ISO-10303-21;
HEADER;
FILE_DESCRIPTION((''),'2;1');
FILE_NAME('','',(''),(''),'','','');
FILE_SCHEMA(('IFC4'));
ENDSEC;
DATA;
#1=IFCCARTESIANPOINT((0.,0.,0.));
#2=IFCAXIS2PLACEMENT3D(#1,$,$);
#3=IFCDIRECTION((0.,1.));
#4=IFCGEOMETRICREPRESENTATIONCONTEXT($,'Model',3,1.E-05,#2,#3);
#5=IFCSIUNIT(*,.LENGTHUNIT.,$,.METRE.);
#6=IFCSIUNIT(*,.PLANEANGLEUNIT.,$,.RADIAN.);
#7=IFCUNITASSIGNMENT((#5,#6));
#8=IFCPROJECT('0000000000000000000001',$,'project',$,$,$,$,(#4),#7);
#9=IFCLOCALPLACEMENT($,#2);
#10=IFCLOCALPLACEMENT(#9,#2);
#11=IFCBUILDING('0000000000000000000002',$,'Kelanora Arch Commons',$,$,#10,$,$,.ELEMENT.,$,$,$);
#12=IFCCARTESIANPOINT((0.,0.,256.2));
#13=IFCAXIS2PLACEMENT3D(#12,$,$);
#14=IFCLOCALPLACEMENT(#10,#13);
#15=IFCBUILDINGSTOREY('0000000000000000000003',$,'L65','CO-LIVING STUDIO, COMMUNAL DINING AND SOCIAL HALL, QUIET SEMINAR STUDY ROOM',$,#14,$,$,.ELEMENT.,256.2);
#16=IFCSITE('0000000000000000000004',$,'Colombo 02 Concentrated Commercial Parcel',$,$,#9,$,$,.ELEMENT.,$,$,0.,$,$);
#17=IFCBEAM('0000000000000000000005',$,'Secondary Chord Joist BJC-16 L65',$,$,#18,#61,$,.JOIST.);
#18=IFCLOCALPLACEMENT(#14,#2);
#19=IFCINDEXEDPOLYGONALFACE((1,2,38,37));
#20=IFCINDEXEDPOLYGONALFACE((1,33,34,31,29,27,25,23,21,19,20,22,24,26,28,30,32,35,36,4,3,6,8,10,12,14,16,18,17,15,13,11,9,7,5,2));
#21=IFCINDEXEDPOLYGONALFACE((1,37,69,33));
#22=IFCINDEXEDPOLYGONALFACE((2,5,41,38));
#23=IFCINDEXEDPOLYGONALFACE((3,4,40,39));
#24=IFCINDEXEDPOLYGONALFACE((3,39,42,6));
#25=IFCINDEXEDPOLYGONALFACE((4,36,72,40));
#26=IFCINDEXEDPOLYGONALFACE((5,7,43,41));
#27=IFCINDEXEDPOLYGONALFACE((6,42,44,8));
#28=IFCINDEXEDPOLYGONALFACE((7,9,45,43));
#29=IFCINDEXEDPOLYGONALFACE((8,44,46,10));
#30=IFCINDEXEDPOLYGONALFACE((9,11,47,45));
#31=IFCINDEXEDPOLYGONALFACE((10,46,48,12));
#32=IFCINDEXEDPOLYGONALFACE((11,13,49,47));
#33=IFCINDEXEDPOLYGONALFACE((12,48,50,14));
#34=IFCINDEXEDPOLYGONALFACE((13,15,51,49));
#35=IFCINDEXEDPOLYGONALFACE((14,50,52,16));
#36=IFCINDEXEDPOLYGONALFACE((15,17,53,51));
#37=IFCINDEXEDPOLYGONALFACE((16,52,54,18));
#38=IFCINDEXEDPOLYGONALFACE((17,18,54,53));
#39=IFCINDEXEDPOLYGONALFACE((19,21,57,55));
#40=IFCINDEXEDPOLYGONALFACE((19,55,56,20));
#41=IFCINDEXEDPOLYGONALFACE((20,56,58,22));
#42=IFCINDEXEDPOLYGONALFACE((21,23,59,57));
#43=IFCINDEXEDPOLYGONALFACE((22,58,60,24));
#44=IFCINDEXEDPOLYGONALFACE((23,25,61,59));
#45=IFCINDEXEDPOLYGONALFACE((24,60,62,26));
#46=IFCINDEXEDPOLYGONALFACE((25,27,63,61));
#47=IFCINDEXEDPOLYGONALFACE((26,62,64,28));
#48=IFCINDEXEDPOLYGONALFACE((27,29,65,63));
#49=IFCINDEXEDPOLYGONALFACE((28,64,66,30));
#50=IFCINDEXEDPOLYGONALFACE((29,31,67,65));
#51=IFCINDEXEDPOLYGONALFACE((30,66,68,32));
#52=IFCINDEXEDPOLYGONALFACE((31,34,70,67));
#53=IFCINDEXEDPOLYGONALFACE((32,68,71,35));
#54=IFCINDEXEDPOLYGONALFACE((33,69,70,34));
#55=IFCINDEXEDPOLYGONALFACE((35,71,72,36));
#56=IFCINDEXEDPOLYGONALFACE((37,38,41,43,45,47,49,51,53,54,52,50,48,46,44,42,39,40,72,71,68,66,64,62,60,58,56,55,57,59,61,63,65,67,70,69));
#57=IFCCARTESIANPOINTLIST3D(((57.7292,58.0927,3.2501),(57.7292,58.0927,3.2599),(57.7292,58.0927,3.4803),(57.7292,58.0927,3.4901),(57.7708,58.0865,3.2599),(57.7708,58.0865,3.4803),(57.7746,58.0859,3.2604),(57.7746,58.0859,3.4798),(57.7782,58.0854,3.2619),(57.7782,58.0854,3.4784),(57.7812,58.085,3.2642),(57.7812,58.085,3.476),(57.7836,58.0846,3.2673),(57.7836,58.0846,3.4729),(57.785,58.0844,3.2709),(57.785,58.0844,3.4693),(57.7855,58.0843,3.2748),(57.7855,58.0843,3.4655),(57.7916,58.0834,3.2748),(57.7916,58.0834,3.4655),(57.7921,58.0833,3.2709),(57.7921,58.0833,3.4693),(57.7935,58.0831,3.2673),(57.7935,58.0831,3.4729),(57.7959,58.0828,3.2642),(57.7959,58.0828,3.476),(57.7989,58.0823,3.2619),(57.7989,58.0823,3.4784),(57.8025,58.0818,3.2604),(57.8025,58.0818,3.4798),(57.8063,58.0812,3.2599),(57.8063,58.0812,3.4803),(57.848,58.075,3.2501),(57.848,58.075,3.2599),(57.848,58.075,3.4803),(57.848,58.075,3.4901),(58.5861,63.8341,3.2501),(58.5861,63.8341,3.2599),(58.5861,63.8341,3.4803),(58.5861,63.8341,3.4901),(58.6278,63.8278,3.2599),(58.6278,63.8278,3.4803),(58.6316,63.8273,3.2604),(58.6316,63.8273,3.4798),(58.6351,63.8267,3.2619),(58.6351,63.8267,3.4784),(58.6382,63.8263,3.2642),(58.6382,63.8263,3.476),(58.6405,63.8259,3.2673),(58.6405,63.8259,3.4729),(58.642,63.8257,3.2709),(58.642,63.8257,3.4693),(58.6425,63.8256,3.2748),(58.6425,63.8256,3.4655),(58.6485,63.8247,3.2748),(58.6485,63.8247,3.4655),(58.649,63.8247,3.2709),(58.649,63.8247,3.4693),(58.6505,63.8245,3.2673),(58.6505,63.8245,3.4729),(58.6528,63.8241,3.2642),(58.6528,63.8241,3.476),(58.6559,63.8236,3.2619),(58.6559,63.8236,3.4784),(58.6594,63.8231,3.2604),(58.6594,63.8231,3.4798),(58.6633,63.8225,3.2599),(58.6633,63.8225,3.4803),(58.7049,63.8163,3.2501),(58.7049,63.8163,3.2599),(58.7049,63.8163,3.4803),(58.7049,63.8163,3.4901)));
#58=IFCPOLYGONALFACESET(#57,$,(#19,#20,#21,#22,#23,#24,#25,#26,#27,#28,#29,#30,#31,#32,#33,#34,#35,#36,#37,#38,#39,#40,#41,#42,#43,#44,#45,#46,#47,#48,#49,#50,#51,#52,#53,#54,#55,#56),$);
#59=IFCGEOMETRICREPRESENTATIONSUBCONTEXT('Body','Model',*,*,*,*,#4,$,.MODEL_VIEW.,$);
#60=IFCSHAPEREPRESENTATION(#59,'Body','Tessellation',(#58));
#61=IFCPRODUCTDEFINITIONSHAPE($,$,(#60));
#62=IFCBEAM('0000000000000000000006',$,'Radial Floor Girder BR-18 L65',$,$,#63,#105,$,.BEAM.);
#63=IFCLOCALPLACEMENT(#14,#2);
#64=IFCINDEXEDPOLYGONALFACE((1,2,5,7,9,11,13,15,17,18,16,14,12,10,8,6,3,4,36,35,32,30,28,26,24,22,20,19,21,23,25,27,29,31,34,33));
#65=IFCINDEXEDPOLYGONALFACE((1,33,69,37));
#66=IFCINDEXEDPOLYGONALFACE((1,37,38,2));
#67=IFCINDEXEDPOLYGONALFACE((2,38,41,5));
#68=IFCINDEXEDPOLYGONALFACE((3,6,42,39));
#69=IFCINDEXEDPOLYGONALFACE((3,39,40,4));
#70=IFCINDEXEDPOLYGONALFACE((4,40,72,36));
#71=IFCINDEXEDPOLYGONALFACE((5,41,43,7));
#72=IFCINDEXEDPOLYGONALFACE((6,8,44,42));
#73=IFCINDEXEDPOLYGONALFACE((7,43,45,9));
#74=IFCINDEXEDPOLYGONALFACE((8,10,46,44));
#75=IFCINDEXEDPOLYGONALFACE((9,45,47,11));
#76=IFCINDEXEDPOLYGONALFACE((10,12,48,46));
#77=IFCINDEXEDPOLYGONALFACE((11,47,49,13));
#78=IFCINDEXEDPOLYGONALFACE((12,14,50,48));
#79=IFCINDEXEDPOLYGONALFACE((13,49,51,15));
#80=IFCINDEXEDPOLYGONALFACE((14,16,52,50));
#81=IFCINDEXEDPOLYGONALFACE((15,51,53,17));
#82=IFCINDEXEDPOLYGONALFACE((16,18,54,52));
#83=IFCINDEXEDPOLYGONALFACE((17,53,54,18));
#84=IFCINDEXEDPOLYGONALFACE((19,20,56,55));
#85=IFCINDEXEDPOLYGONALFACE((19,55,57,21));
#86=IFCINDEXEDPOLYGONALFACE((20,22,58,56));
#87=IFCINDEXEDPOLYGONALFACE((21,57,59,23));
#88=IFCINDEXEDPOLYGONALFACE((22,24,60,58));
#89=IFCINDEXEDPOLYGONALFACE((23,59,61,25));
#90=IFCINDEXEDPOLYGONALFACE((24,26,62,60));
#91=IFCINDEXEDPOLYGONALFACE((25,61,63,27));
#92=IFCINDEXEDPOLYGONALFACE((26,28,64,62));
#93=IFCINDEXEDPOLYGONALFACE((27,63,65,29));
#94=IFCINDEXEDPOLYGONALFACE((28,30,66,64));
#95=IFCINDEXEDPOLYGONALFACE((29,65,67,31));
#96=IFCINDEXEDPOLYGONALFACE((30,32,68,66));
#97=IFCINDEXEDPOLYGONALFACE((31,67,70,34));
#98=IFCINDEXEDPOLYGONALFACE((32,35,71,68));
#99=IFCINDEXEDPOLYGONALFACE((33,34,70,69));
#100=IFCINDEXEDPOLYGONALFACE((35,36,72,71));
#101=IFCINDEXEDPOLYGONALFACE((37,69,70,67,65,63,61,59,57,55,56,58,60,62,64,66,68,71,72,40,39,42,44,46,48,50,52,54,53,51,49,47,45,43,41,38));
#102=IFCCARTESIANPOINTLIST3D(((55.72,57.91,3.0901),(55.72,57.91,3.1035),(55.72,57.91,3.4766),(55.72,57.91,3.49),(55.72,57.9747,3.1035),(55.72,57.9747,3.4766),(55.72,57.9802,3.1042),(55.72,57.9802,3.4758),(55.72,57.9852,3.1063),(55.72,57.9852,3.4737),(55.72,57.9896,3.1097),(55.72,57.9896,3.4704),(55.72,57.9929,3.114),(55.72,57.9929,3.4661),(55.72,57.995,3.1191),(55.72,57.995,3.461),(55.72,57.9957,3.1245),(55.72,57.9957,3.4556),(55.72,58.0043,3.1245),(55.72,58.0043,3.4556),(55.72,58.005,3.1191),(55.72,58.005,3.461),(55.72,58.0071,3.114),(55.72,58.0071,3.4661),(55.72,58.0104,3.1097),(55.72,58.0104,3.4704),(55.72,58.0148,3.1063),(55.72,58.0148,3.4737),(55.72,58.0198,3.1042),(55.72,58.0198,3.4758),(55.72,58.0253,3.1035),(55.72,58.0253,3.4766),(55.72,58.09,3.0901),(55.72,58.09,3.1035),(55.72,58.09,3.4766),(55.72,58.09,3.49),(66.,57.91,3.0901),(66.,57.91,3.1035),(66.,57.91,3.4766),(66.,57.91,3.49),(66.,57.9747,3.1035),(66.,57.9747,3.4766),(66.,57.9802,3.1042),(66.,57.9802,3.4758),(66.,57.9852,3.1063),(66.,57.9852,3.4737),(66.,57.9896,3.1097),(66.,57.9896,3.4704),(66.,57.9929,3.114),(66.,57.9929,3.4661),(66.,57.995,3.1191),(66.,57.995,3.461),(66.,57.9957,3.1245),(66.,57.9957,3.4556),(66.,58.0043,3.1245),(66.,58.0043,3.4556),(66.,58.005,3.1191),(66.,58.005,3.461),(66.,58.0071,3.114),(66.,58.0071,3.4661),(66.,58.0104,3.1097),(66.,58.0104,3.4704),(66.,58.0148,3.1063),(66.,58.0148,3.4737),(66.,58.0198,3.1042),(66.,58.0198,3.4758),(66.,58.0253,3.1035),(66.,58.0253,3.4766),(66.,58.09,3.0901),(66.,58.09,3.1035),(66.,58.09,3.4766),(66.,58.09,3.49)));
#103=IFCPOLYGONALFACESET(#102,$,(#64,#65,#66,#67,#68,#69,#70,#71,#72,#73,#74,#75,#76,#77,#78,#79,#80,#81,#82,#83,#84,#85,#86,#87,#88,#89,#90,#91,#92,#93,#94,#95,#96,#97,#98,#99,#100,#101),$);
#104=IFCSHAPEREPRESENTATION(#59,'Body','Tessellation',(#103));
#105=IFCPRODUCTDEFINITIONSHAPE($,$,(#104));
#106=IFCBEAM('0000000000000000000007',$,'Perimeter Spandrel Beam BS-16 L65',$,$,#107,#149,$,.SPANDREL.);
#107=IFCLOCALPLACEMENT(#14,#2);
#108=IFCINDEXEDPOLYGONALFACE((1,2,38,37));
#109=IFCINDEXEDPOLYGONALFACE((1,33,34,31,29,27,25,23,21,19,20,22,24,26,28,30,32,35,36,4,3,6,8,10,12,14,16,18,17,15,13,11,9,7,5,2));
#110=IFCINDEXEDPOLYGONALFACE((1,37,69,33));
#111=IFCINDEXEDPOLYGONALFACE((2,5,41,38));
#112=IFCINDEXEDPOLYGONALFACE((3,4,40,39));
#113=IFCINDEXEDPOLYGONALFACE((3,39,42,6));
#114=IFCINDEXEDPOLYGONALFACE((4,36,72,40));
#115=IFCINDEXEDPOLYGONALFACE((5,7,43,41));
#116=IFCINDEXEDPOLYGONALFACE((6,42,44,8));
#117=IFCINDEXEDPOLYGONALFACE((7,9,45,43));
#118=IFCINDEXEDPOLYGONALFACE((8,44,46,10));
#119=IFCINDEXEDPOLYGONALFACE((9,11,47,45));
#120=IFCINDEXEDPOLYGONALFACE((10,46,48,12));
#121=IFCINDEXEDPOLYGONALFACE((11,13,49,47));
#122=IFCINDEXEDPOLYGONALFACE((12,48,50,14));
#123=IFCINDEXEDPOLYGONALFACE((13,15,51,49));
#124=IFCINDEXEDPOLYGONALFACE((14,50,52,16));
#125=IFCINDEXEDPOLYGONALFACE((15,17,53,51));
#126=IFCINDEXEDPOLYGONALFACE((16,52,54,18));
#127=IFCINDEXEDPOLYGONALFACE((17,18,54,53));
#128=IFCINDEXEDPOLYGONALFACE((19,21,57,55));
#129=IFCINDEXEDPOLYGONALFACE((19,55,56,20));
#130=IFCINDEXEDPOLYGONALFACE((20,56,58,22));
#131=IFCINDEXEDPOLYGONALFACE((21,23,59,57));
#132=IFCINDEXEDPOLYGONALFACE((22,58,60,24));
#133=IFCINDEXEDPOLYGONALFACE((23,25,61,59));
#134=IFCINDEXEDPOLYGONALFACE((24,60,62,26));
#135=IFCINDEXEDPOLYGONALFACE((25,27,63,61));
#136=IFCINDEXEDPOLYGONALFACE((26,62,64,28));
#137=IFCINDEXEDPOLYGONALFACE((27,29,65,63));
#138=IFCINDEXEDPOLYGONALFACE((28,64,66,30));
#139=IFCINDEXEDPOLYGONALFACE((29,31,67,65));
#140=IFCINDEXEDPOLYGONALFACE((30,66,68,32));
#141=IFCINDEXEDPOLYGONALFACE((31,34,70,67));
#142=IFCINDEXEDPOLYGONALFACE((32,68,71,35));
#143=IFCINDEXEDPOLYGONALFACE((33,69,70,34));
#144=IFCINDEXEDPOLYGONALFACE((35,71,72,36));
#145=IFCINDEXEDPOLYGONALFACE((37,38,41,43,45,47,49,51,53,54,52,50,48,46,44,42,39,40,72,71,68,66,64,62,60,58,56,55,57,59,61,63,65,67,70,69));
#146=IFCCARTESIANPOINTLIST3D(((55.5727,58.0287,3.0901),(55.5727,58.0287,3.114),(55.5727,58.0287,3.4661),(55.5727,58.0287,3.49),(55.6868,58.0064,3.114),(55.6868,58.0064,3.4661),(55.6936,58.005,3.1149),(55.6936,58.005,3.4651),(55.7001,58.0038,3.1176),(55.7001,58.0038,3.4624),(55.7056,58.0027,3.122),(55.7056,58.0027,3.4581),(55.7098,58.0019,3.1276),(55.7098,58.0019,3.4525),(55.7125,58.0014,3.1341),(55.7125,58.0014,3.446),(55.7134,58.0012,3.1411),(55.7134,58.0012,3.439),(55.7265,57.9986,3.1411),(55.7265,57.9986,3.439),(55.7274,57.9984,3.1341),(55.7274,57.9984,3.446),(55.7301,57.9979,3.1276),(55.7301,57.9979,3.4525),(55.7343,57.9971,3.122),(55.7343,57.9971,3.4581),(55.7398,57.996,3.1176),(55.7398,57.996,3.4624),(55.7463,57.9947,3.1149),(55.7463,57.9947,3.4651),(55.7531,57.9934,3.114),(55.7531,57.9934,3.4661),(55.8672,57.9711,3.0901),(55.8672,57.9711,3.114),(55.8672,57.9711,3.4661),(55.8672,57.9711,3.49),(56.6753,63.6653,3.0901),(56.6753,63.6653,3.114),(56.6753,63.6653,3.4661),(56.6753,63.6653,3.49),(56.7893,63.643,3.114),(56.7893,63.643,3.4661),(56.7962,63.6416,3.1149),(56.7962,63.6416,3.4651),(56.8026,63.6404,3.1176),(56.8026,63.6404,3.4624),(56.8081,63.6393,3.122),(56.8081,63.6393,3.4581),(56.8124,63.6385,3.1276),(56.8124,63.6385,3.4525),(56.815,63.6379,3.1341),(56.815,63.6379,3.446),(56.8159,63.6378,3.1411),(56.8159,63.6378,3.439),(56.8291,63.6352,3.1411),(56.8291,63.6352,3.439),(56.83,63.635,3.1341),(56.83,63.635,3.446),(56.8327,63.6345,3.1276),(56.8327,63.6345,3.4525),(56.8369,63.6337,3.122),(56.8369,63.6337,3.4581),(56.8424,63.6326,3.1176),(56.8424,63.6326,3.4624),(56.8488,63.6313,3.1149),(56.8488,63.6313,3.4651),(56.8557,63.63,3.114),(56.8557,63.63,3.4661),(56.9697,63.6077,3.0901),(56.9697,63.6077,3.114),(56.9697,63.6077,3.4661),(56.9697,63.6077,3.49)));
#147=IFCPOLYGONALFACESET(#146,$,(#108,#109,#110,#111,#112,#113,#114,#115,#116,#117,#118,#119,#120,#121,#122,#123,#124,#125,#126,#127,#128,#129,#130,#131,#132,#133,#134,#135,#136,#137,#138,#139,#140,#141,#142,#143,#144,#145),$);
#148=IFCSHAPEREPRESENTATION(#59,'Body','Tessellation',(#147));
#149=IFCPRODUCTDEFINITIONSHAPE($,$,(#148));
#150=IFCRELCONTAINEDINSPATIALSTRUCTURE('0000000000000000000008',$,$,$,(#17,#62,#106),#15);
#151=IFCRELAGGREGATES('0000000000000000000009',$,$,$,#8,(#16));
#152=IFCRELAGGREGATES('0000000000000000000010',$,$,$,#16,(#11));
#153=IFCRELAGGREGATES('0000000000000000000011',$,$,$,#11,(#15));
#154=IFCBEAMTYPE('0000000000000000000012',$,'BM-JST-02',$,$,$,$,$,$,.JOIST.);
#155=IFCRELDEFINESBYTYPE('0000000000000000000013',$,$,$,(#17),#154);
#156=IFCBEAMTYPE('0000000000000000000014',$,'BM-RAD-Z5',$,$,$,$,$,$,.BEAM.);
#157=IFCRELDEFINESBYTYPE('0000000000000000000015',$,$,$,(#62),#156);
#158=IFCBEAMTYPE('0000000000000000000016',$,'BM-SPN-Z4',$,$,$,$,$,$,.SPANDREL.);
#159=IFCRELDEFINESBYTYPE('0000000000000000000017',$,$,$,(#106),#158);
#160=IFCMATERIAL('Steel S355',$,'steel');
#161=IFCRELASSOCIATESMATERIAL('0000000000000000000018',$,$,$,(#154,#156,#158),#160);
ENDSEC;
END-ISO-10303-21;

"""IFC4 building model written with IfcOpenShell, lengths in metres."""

from ifc_helpers import new_model, si_unit, direction, frame, origin, origin_2d, place, context, subcontext, project, spatial, i_section, extrude, material, material_profile, profile_set, type_object, element, save


model = new_model("IFC4")

# Units and contexts
model_context = context("Model", 3, precision=1e-05, world=origin(), true_north=direction((0.0, 1.0)))
body_context = subcontext(model_context, "Body", "Model", "MODEL_VIEW")
ifc_project = project(units=[si_unit("LENGTHUNIT", "METRE"), si_unit("PLANEANGLEUNIT", "RADIAN")], contexts=[model_context])

# Site, building, storey
site_placement = place(None, origin())
site = spatial("IfcSite", under=ifc_project, at=site_placement, Name="Colombo 02 Concentrated Commercial Parcel", CompositionType="ELEMENT", RefElevation=0.0)
building_placement = place(site_placement, origin())
building = spatial("IfcBuilding", under=site, at=building_placement, Name="Kelanora Arch Commons", CompositionType="ELEMENT")
storey_placement = place(building_placement, frame((0.0, 0.0, 256.2)))
storey = spatial("IfcBuildingStorey", under=building, at=storey_placement, Name="L65", Description="CO-LIVING STUDIO, COMMUNAL DINING AND SOCIAL HALL, QUIET SEMINAR STUDY ROOM", CompositionType="ELEMENT", Elevation=256.2)

# Beams
ifc_material_1 = material(Name="Steel S355", Category="steel")
ifc_material_profile_1 = material_profile(ifc_material_1, i_section(OverallWidth=0.1201, OverallDepth=0.24, WebThickness=0.0061, FlangeThickness=0.0098, FilletRadius=0.0149, at=origin_2d()), Name="IPE240")
ifc_profile_set_1 = profile_set([ifc_material_profile_1], Name="Steel S355")
beam_type_1 = type_object("IfcBeamType", Name="BM-JST-02", PredefinedType="JOIST", material=ifc_profile_set_1)
beam_1_placement = place(storey_placement, frame((58.6455, 63.8252, 3.3701), z_axis=(-0.147625, -0.989043, 0.0), x_axis=(0.989043, -0.147625, 0.0)))
element("IfcBeam", 1, at=beam_1_placement, inside=storey, type_object=beam_type_1, Name="Secondary Chord Joist BJC-16 L65", PredefinedType="JOIST", context=body_context, shape_type="SweptSolid", body=[
    extrude(i_section(OverallWidth=0.1201, OverallDepth=0.24, WebThickness=0.0061, FlangeThickness=0.0098, FilletRadius=0.0149, at=origin_2d()), origin(), (0.0, 0.0, 1.0), 5.8049),
])
ifc_material_profile_2 = material_profile(ifc_material_1, i_section(OverallWidth=0.1799, OverallDepth=0.3999, WebThickness=0.0085, FlangeThickness=0.0134, FilletRadius=0.021, at=origin_2d()), Name="IPE400")
ifc_profile_set_2 = profile_set([ifc_material_profile_2], Name="Steel S355")
beam_type_2 = type_object("IfcBeamType", Name="BM-RAD-Z5", PredefinedType="BEAM", material=ifc_profile_set_2)
beam_2_placement = place(storey_placement, frame((66.0, 58.0, 3.29), z_axis=(-1.0, 0.0, 0.0), x_axis=(0.0, -1.0, 0.0)))
element("IfcBeam", 2, at=beam_2_placement, inside=storey, type_object=beam_type_2, Name="Radial Floor Girder BR-18 L65", PredefinedType="BEAM", context=body_context, shape_type="SweptSolid", body=[
    extrude(i_section(OverallWidth=0.1799, OverallDepth=0.3999, WebThickness=0.0085, FlangeThickness=0.0134, FilletRadius=0.021, at=origin_2d()), origin(), (0.0, 0.0, 1.0), 10.28),
])
ifc_material_profile_3 = material_profile(ifc_material_1, i_section(OverallWidth=0.3, OverallDepth=0.3999, WebThickness=0.0134, FlangeThickness=0.0239, FilletRadius=0.0271, at=origin_2d()), Name="HEB400")
ifc_profile_set_3 = profile_set([ifc_material_profile_3], Name="Steel S355")
beam_type_3 = type_object("IfcBeamType", Name="BM-SPN-Z4", PredefinedType="SPANDREL", material=ifc_profile_set_3)
beam_3_placement = place(storey_placement, frame((56.8225, 63.6365, 3.29), z_axis=(-0.19197, -0.981401, 0.0), x_axis=(0.981401, -0.19197, 0.0)))
element("IfcBeam", 3, at=beam_3_placement, inside=storey, type_object=beam_type_3, Name="Perimeter Spandrel Beam BS-16 L65", PredefinedType="SPANDREL", context=body_context, shape_type="SweptSolid", body=[
    extrude(i_section(OverallWidth=0.3, OverallDepth=0.3999, WebThickness=0.0134, FlangeThickness=0.0239, FilletRadius=0.0271, at=origin_2d()), origin(), (0.0, 0.0, 1.0), 5.7434),
])

save(model, "model.ifc")
